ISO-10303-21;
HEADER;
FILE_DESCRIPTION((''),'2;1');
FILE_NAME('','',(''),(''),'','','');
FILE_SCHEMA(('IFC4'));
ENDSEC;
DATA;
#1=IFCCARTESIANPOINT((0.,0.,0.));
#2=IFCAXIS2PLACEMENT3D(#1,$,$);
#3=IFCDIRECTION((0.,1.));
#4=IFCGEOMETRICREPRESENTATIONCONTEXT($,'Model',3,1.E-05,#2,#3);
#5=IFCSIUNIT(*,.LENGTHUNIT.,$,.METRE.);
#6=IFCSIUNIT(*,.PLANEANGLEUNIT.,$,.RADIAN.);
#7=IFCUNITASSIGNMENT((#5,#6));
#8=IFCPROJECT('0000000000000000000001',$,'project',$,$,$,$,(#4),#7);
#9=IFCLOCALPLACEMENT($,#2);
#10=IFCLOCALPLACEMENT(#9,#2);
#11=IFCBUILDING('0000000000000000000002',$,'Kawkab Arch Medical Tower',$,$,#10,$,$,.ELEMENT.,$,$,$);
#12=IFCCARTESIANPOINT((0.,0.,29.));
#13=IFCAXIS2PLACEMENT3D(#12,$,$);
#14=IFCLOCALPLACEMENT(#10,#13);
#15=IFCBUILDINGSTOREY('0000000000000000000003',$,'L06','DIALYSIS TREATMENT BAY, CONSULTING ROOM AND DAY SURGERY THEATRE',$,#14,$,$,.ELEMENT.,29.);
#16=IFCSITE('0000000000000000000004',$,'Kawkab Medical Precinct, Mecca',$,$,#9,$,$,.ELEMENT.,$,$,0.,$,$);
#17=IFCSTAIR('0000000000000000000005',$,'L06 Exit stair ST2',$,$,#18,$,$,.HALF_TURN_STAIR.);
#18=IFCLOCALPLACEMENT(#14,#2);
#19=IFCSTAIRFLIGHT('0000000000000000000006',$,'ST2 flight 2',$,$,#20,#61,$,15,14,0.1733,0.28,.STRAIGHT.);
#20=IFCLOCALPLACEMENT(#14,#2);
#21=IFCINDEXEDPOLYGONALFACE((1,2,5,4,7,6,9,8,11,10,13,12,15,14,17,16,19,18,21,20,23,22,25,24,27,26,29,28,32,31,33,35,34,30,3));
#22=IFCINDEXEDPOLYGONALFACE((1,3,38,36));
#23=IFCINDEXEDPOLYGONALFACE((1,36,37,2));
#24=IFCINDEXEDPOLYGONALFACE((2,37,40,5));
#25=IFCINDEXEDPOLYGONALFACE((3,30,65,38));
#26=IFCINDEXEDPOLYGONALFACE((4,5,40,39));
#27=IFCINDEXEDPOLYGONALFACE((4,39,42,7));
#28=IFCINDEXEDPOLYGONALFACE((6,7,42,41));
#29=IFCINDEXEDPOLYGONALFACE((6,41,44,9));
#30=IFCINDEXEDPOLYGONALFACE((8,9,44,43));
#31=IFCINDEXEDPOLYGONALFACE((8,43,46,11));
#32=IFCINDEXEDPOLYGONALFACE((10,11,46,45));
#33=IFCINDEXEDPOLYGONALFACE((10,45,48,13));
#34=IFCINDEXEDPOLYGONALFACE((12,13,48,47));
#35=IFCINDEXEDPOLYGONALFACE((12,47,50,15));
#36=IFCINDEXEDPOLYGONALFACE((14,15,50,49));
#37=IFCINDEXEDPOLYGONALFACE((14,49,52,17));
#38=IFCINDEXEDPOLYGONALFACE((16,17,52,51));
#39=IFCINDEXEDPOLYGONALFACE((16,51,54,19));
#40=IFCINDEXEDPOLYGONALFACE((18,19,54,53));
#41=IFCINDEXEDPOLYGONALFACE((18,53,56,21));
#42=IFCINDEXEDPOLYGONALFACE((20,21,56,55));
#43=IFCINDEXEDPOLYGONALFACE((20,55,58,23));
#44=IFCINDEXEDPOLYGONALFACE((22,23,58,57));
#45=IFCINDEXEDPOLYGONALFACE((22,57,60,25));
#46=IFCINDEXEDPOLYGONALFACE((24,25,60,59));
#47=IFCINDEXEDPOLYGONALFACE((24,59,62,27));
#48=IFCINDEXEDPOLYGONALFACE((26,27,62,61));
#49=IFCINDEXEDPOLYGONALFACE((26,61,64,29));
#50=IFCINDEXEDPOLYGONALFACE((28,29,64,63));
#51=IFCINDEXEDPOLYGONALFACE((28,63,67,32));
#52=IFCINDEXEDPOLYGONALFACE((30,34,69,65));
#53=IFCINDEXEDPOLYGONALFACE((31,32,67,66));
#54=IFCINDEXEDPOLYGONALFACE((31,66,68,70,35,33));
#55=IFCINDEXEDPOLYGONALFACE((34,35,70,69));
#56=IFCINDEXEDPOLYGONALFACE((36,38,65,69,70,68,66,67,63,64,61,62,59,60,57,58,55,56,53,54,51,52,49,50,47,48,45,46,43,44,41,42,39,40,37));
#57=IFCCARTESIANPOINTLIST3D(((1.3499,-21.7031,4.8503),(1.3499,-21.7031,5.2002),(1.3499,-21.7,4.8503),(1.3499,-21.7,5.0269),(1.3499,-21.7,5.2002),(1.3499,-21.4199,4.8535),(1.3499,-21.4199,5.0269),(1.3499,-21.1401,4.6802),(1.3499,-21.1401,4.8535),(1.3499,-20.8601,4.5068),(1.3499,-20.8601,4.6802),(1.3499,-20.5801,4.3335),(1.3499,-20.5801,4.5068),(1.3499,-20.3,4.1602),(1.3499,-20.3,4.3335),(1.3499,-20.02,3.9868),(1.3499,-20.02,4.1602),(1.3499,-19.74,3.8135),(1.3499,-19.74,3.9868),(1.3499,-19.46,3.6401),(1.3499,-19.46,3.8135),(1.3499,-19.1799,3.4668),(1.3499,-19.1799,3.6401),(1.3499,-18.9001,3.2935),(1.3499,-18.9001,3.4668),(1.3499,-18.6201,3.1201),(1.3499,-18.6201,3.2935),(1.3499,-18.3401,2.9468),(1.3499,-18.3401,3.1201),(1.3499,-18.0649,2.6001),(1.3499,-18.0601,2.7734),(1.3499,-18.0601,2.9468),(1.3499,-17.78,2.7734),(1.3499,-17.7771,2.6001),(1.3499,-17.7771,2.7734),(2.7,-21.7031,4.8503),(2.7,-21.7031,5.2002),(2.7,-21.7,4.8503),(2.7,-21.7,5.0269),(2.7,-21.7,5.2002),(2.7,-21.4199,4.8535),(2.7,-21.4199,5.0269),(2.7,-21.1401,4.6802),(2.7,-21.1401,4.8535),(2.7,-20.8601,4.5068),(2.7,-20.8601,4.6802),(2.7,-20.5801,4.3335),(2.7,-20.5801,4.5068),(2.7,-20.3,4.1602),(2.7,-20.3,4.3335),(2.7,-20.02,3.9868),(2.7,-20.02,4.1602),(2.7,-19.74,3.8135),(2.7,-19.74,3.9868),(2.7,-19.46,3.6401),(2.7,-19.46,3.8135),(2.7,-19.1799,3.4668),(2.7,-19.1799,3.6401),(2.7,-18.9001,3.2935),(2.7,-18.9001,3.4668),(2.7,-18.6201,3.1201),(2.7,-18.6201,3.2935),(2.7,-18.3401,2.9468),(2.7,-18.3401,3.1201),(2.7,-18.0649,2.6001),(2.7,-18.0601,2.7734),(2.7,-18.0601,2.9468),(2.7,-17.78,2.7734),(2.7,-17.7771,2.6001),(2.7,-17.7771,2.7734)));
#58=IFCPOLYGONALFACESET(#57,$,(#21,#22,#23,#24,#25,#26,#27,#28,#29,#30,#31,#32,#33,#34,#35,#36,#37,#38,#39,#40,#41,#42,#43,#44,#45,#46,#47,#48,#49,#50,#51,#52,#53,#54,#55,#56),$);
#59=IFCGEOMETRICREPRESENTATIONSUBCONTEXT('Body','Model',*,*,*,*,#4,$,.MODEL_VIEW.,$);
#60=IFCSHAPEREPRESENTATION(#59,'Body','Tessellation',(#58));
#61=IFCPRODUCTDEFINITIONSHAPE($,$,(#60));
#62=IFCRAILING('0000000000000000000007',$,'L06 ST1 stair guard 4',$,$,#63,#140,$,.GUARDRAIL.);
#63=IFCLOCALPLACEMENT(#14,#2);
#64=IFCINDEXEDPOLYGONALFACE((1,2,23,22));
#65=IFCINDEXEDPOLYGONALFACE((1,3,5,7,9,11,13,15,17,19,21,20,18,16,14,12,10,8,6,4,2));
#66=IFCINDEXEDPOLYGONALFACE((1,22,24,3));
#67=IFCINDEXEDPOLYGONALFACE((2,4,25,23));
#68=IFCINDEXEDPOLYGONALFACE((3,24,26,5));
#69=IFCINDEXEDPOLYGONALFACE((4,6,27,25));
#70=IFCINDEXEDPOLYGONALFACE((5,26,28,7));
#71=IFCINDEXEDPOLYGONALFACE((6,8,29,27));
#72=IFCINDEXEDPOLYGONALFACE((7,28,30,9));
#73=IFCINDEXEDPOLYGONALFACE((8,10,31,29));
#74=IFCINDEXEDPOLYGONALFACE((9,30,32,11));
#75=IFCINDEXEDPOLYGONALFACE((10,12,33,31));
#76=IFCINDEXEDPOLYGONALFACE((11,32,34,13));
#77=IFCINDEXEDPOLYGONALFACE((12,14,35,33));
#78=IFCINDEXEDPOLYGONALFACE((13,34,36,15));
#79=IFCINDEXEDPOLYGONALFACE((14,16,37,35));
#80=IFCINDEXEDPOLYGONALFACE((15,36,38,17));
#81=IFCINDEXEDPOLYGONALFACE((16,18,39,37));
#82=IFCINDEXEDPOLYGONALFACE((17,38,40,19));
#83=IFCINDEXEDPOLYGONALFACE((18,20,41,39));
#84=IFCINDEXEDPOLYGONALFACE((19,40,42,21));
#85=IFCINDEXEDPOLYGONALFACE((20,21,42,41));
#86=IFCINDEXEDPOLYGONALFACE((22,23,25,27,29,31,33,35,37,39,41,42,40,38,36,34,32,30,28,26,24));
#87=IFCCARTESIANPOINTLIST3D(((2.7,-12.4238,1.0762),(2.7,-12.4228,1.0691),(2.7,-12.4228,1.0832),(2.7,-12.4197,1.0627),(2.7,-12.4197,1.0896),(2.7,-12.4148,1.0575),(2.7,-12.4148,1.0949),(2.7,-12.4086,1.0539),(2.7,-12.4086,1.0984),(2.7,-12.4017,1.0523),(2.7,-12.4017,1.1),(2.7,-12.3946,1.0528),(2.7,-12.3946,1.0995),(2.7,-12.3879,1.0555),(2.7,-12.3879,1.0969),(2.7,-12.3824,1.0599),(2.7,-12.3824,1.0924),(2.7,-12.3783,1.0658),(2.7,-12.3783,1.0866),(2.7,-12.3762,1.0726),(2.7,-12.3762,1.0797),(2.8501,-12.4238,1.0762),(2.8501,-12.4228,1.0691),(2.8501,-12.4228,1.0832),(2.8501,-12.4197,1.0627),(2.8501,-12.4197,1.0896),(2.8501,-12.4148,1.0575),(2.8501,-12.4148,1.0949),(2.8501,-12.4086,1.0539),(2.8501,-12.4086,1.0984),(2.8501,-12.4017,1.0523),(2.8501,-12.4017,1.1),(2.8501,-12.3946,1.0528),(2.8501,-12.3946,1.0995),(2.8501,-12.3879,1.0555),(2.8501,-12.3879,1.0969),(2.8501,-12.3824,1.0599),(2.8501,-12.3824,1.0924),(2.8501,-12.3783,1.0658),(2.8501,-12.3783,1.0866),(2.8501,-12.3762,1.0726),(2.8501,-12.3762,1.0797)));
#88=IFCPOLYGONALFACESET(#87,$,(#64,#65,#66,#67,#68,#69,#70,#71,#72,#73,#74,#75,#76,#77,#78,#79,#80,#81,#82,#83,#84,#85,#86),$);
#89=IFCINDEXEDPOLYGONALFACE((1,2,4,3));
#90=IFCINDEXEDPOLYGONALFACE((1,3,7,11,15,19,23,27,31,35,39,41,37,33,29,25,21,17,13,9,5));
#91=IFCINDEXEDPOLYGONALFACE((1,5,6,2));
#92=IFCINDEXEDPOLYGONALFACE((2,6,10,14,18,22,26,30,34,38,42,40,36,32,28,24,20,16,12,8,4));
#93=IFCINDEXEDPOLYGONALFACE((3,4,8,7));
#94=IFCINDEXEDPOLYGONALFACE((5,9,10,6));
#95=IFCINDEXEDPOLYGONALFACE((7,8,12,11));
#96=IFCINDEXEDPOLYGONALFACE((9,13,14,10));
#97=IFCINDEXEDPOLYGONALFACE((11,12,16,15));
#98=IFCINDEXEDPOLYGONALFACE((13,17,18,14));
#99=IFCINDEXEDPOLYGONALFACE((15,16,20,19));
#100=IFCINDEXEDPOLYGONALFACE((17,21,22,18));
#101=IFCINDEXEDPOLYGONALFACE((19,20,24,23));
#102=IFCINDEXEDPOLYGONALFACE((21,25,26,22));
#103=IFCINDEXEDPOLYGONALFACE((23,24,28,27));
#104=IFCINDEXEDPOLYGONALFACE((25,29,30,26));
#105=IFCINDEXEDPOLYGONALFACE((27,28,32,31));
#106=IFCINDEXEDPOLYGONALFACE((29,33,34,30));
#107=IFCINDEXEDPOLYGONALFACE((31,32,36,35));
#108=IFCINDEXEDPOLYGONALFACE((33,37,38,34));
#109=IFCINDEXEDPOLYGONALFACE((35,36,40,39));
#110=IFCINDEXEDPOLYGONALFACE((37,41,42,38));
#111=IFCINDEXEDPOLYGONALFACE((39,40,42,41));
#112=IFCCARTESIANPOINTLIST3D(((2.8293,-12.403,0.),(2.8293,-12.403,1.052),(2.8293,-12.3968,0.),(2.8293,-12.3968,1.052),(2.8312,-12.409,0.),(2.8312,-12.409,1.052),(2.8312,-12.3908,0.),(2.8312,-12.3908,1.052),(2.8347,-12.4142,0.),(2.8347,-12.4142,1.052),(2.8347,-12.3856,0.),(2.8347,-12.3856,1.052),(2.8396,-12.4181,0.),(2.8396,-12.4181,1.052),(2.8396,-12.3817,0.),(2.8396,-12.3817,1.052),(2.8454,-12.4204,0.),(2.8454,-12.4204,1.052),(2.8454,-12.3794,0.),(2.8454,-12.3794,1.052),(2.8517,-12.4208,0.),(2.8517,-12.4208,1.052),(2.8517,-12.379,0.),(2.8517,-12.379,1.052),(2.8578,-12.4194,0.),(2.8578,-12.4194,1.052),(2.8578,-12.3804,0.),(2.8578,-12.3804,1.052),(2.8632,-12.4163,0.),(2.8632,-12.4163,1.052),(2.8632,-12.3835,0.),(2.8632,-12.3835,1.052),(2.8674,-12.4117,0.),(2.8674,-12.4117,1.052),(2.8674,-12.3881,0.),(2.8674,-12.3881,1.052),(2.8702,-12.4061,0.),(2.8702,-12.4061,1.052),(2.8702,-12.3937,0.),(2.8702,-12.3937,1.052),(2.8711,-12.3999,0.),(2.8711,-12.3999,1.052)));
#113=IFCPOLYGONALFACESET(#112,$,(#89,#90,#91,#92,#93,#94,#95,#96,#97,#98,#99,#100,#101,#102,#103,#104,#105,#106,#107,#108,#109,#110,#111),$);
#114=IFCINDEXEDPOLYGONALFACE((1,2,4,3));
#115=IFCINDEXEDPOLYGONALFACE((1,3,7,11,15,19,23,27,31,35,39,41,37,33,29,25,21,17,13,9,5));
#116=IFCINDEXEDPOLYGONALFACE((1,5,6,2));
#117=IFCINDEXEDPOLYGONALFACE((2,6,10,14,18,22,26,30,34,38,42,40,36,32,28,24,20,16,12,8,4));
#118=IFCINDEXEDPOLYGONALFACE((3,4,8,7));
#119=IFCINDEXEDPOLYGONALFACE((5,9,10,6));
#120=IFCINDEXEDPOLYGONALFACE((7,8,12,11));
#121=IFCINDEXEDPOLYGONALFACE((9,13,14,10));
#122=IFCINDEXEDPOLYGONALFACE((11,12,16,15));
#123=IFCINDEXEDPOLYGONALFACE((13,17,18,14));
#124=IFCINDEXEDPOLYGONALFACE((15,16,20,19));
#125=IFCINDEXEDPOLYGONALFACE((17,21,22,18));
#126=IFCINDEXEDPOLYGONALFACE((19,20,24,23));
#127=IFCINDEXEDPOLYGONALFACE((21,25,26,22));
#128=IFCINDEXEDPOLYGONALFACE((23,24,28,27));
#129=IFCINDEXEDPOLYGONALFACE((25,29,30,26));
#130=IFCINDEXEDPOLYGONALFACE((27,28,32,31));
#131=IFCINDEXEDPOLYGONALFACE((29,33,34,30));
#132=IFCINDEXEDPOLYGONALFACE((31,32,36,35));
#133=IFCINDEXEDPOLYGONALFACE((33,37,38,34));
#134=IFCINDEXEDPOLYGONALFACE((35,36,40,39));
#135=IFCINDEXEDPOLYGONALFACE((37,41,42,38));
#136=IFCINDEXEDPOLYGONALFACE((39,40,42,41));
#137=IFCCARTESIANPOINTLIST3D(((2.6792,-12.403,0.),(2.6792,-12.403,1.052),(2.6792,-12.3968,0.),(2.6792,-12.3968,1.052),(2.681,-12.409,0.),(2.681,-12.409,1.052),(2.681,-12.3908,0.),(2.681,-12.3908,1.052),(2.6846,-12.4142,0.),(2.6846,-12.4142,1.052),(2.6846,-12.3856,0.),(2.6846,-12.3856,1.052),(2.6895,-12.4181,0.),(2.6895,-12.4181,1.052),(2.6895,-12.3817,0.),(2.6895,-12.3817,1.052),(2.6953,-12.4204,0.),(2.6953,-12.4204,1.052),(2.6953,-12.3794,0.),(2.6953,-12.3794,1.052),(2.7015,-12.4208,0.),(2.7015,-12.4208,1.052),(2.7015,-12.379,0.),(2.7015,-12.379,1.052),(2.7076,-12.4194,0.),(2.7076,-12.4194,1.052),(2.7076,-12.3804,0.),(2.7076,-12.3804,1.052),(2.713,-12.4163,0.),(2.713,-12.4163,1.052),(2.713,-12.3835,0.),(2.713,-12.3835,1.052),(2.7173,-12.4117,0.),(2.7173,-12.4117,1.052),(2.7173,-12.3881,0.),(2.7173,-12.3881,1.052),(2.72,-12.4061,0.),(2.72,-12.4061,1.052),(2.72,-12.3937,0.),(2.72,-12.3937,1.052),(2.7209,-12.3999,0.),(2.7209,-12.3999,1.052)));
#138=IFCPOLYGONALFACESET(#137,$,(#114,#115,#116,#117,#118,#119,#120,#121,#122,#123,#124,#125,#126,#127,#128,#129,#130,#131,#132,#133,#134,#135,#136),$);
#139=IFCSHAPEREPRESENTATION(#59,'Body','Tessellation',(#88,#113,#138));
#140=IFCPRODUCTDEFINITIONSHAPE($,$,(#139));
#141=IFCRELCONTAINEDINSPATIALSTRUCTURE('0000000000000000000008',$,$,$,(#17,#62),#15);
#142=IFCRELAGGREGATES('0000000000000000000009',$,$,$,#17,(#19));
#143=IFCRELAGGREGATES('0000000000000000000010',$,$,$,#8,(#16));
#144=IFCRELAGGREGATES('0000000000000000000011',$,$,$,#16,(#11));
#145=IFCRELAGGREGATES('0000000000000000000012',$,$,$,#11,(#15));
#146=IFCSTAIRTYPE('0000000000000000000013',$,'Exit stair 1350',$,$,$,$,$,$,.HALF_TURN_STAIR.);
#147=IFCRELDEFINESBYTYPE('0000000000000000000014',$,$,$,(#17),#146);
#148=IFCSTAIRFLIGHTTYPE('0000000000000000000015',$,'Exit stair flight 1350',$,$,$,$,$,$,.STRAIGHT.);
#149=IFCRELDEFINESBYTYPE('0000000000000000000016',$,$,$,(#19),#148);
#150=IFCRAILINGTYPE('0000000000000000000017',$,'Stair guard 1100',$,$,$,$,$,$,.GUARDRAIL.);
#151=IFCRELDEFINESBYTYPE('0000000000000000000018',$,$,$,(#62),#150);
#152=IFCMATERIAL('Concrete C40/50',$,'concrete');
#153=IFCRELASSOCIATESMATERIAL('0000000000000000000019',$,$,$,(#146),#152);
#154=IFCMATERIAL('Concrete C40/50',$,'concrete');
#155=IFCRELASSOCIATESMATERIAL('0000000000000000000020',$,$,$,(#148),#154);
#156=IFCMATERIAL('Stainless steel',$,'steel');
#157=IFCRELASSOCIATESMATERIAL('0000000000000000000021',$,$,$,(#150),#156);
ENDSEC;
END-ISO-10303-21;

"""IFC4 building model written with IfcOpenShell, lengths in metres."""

from ifc_helpers import new_model, si_unit, direction, frame, origin, origin_2d, place, context, subcontext, project, spatial, polyline, circle, outline, extrude, material, type_object, element, aggregate, save


model = new_model("IFC4")

# Units and contexts
model_context = context("Model", 3, precision=1e-05, world=origin(), true_north=direction((0.0, 1.0)))
body_context = subcontext(model_context, "Body", "Model", "MODEL_VIEW")
ifc_project = project(units=[si_unit("LENGTHUNIT", "METRE"), si_unit("PLANEANGLEUNIT", "RADIAN")], contexts=[model_context])

# Site, building, storey
site_placement = place(None, origin())
site = spatial("IfcSite", under=ifc_project, at=site_placement, Name="Kawkab Medical Precinct, Mecca", CompositionType="ELEMENT", RefElevation=0.0)
building_placement = place(site_placement, origin())
building = spatial("IfcBuilding", under=site, at=building_placement, Name="Kawkab Arch Medical Tower", CompositionType="ELEMENT")
storey_placement = place(building_placement, frame((0.0, 0.0, 29.0)))
storey = spatial("IfcBuildingStorey", under=building, at=storey_placement, Name="L06", Description="DIALYSIS TREATMENT BAY, CONSULTING ROOM AND DAY SURGERY THEATRE", CompositionType="ELEMENT", Elevation=29.0)

# Stair, stair flight
ifc_material_1 = material(Name="Concrete C40/50", Category="concrete")
stair_type = type_object("IfcStairType", Name="Exit stair 1350", PredefinedType="HALF_TURN_STAIR", material=ifc_material_1)
stair_placement = place(storey_placement, origin())
stair = element("IfcStair", 1, at=stair_placement, inside=storey, type_object=stair_type, Name="L06 Exit stair ST2", PredefinedType="HALF_TURN_STAIR")
ifc_material_2 = material(Name="Concrete C40/50", Category="concrete")
stair_flight_type = type_object("IfcStairFlightType", Name="Exit stair flight 1350", PredefinedType="STRAIGHT", material=ifc_material_2)
stair_flight_placement = place(storey_placement, frame((2.0249, -17.78, 2.6001), z_axis=(0.0, 0.0, 1.0), x_axis=(0.0, -1.0, 0.0)))
stair_flight = element("IfcStairFlight", 2, at=stair_flight_placement, type_object=stair_flight_type, Name="ST2 flight 2", NumberOfRisers=15, NumberOfTreads=14, PredefinedType="STRAIGHT", RiserHeight=0.1733, TreadLength=0.28, context=body_context, shape_type="SweptSolid", body=[
    extrude(outline(polyline([(-0.0029, 0.0), (-0.0029, 0.1733), (0.0, 0.1733), (0.28, 0.1733), (0.28, 0.3467), (0.5601, 0.3467), (0.5601, 0.52), (0.8401, 0.52), (0.8401, 0.6934), (1.1201, 0.6934), (1.1201, 0.8667), (1.3999, 0.8667), (1.3999, 1.04), (1.6799, 1.04), (1.6799, 1.2134), (1.96, 1.2134), (1.96, 1.3867), (2.24, 1.3867), (2.24, 1.5601), (2.52, 1.5601), (2.52, 1.7334), (2.8, 1.7334), (2.8, 1.9067), (3.0801, 1.9067), (3.0801, 2.0801), (3.3601, 2.0801), (3.3601, 2.2534), (3.6399, 2.2534), (3.6399, 2.4268), (3.9199, 2.4268), (3.9199, 2.6001), (3.9231, 2.6001), (3.9231, 2.2502), (3.9199, 2.2502), (0.2849, 0.0), (-0.0029, 0.0)])), frame((0.0, 0.675, 0.0), z_axis=(0.0, -1.0, 0.0), x_axis=(1.0, 0.0, 0.0)), (0.0, 0.0, 1.0), 1.3501),
])
aggregate(stair, [stair_flight])

# Railing
ifc_material_3 = material(Name="Stainless steel", Category="steel")
railing_type = type_object("IfcRailingType", Name="Stair guard 1100", PredefinedType="GUARDRAIL", material=ifc_material_3)
for number, where, name in (
    (3, (2.8501, -12.3999, 0.0), "L06 ST1 stair guard 4"),
):
    element("IfcRailing", number, at=place(storey_placement, frame(where)), inside=storey, type_object=railing_type, Name=name, PredefinedType="GUARDRAIL", context=body_context, shape_type="SweptSolid", body=[
        extrude(circle(Radius=0.0239, at=origin_2d()), frame((0.0, 0.0, 1.0762), z_axis=(-1.0, 0.0, 0.0), x_axis=(0.0, -1.0, 0.0)), (0.0, 0.0, 1.0), 0.1501),
        extrude(circle(Radius=0.021, at=origin_2d()), origin(), (0.0, 0.0, 1.0), 1.052),
        extrude(circle(Radius=0.021, at=origin_2d()), frame((-0.1501, 0.0, 0.0)), (0.0, 0.0, 1.0), 1.052),
    ])

save(model, "model.ifc")
